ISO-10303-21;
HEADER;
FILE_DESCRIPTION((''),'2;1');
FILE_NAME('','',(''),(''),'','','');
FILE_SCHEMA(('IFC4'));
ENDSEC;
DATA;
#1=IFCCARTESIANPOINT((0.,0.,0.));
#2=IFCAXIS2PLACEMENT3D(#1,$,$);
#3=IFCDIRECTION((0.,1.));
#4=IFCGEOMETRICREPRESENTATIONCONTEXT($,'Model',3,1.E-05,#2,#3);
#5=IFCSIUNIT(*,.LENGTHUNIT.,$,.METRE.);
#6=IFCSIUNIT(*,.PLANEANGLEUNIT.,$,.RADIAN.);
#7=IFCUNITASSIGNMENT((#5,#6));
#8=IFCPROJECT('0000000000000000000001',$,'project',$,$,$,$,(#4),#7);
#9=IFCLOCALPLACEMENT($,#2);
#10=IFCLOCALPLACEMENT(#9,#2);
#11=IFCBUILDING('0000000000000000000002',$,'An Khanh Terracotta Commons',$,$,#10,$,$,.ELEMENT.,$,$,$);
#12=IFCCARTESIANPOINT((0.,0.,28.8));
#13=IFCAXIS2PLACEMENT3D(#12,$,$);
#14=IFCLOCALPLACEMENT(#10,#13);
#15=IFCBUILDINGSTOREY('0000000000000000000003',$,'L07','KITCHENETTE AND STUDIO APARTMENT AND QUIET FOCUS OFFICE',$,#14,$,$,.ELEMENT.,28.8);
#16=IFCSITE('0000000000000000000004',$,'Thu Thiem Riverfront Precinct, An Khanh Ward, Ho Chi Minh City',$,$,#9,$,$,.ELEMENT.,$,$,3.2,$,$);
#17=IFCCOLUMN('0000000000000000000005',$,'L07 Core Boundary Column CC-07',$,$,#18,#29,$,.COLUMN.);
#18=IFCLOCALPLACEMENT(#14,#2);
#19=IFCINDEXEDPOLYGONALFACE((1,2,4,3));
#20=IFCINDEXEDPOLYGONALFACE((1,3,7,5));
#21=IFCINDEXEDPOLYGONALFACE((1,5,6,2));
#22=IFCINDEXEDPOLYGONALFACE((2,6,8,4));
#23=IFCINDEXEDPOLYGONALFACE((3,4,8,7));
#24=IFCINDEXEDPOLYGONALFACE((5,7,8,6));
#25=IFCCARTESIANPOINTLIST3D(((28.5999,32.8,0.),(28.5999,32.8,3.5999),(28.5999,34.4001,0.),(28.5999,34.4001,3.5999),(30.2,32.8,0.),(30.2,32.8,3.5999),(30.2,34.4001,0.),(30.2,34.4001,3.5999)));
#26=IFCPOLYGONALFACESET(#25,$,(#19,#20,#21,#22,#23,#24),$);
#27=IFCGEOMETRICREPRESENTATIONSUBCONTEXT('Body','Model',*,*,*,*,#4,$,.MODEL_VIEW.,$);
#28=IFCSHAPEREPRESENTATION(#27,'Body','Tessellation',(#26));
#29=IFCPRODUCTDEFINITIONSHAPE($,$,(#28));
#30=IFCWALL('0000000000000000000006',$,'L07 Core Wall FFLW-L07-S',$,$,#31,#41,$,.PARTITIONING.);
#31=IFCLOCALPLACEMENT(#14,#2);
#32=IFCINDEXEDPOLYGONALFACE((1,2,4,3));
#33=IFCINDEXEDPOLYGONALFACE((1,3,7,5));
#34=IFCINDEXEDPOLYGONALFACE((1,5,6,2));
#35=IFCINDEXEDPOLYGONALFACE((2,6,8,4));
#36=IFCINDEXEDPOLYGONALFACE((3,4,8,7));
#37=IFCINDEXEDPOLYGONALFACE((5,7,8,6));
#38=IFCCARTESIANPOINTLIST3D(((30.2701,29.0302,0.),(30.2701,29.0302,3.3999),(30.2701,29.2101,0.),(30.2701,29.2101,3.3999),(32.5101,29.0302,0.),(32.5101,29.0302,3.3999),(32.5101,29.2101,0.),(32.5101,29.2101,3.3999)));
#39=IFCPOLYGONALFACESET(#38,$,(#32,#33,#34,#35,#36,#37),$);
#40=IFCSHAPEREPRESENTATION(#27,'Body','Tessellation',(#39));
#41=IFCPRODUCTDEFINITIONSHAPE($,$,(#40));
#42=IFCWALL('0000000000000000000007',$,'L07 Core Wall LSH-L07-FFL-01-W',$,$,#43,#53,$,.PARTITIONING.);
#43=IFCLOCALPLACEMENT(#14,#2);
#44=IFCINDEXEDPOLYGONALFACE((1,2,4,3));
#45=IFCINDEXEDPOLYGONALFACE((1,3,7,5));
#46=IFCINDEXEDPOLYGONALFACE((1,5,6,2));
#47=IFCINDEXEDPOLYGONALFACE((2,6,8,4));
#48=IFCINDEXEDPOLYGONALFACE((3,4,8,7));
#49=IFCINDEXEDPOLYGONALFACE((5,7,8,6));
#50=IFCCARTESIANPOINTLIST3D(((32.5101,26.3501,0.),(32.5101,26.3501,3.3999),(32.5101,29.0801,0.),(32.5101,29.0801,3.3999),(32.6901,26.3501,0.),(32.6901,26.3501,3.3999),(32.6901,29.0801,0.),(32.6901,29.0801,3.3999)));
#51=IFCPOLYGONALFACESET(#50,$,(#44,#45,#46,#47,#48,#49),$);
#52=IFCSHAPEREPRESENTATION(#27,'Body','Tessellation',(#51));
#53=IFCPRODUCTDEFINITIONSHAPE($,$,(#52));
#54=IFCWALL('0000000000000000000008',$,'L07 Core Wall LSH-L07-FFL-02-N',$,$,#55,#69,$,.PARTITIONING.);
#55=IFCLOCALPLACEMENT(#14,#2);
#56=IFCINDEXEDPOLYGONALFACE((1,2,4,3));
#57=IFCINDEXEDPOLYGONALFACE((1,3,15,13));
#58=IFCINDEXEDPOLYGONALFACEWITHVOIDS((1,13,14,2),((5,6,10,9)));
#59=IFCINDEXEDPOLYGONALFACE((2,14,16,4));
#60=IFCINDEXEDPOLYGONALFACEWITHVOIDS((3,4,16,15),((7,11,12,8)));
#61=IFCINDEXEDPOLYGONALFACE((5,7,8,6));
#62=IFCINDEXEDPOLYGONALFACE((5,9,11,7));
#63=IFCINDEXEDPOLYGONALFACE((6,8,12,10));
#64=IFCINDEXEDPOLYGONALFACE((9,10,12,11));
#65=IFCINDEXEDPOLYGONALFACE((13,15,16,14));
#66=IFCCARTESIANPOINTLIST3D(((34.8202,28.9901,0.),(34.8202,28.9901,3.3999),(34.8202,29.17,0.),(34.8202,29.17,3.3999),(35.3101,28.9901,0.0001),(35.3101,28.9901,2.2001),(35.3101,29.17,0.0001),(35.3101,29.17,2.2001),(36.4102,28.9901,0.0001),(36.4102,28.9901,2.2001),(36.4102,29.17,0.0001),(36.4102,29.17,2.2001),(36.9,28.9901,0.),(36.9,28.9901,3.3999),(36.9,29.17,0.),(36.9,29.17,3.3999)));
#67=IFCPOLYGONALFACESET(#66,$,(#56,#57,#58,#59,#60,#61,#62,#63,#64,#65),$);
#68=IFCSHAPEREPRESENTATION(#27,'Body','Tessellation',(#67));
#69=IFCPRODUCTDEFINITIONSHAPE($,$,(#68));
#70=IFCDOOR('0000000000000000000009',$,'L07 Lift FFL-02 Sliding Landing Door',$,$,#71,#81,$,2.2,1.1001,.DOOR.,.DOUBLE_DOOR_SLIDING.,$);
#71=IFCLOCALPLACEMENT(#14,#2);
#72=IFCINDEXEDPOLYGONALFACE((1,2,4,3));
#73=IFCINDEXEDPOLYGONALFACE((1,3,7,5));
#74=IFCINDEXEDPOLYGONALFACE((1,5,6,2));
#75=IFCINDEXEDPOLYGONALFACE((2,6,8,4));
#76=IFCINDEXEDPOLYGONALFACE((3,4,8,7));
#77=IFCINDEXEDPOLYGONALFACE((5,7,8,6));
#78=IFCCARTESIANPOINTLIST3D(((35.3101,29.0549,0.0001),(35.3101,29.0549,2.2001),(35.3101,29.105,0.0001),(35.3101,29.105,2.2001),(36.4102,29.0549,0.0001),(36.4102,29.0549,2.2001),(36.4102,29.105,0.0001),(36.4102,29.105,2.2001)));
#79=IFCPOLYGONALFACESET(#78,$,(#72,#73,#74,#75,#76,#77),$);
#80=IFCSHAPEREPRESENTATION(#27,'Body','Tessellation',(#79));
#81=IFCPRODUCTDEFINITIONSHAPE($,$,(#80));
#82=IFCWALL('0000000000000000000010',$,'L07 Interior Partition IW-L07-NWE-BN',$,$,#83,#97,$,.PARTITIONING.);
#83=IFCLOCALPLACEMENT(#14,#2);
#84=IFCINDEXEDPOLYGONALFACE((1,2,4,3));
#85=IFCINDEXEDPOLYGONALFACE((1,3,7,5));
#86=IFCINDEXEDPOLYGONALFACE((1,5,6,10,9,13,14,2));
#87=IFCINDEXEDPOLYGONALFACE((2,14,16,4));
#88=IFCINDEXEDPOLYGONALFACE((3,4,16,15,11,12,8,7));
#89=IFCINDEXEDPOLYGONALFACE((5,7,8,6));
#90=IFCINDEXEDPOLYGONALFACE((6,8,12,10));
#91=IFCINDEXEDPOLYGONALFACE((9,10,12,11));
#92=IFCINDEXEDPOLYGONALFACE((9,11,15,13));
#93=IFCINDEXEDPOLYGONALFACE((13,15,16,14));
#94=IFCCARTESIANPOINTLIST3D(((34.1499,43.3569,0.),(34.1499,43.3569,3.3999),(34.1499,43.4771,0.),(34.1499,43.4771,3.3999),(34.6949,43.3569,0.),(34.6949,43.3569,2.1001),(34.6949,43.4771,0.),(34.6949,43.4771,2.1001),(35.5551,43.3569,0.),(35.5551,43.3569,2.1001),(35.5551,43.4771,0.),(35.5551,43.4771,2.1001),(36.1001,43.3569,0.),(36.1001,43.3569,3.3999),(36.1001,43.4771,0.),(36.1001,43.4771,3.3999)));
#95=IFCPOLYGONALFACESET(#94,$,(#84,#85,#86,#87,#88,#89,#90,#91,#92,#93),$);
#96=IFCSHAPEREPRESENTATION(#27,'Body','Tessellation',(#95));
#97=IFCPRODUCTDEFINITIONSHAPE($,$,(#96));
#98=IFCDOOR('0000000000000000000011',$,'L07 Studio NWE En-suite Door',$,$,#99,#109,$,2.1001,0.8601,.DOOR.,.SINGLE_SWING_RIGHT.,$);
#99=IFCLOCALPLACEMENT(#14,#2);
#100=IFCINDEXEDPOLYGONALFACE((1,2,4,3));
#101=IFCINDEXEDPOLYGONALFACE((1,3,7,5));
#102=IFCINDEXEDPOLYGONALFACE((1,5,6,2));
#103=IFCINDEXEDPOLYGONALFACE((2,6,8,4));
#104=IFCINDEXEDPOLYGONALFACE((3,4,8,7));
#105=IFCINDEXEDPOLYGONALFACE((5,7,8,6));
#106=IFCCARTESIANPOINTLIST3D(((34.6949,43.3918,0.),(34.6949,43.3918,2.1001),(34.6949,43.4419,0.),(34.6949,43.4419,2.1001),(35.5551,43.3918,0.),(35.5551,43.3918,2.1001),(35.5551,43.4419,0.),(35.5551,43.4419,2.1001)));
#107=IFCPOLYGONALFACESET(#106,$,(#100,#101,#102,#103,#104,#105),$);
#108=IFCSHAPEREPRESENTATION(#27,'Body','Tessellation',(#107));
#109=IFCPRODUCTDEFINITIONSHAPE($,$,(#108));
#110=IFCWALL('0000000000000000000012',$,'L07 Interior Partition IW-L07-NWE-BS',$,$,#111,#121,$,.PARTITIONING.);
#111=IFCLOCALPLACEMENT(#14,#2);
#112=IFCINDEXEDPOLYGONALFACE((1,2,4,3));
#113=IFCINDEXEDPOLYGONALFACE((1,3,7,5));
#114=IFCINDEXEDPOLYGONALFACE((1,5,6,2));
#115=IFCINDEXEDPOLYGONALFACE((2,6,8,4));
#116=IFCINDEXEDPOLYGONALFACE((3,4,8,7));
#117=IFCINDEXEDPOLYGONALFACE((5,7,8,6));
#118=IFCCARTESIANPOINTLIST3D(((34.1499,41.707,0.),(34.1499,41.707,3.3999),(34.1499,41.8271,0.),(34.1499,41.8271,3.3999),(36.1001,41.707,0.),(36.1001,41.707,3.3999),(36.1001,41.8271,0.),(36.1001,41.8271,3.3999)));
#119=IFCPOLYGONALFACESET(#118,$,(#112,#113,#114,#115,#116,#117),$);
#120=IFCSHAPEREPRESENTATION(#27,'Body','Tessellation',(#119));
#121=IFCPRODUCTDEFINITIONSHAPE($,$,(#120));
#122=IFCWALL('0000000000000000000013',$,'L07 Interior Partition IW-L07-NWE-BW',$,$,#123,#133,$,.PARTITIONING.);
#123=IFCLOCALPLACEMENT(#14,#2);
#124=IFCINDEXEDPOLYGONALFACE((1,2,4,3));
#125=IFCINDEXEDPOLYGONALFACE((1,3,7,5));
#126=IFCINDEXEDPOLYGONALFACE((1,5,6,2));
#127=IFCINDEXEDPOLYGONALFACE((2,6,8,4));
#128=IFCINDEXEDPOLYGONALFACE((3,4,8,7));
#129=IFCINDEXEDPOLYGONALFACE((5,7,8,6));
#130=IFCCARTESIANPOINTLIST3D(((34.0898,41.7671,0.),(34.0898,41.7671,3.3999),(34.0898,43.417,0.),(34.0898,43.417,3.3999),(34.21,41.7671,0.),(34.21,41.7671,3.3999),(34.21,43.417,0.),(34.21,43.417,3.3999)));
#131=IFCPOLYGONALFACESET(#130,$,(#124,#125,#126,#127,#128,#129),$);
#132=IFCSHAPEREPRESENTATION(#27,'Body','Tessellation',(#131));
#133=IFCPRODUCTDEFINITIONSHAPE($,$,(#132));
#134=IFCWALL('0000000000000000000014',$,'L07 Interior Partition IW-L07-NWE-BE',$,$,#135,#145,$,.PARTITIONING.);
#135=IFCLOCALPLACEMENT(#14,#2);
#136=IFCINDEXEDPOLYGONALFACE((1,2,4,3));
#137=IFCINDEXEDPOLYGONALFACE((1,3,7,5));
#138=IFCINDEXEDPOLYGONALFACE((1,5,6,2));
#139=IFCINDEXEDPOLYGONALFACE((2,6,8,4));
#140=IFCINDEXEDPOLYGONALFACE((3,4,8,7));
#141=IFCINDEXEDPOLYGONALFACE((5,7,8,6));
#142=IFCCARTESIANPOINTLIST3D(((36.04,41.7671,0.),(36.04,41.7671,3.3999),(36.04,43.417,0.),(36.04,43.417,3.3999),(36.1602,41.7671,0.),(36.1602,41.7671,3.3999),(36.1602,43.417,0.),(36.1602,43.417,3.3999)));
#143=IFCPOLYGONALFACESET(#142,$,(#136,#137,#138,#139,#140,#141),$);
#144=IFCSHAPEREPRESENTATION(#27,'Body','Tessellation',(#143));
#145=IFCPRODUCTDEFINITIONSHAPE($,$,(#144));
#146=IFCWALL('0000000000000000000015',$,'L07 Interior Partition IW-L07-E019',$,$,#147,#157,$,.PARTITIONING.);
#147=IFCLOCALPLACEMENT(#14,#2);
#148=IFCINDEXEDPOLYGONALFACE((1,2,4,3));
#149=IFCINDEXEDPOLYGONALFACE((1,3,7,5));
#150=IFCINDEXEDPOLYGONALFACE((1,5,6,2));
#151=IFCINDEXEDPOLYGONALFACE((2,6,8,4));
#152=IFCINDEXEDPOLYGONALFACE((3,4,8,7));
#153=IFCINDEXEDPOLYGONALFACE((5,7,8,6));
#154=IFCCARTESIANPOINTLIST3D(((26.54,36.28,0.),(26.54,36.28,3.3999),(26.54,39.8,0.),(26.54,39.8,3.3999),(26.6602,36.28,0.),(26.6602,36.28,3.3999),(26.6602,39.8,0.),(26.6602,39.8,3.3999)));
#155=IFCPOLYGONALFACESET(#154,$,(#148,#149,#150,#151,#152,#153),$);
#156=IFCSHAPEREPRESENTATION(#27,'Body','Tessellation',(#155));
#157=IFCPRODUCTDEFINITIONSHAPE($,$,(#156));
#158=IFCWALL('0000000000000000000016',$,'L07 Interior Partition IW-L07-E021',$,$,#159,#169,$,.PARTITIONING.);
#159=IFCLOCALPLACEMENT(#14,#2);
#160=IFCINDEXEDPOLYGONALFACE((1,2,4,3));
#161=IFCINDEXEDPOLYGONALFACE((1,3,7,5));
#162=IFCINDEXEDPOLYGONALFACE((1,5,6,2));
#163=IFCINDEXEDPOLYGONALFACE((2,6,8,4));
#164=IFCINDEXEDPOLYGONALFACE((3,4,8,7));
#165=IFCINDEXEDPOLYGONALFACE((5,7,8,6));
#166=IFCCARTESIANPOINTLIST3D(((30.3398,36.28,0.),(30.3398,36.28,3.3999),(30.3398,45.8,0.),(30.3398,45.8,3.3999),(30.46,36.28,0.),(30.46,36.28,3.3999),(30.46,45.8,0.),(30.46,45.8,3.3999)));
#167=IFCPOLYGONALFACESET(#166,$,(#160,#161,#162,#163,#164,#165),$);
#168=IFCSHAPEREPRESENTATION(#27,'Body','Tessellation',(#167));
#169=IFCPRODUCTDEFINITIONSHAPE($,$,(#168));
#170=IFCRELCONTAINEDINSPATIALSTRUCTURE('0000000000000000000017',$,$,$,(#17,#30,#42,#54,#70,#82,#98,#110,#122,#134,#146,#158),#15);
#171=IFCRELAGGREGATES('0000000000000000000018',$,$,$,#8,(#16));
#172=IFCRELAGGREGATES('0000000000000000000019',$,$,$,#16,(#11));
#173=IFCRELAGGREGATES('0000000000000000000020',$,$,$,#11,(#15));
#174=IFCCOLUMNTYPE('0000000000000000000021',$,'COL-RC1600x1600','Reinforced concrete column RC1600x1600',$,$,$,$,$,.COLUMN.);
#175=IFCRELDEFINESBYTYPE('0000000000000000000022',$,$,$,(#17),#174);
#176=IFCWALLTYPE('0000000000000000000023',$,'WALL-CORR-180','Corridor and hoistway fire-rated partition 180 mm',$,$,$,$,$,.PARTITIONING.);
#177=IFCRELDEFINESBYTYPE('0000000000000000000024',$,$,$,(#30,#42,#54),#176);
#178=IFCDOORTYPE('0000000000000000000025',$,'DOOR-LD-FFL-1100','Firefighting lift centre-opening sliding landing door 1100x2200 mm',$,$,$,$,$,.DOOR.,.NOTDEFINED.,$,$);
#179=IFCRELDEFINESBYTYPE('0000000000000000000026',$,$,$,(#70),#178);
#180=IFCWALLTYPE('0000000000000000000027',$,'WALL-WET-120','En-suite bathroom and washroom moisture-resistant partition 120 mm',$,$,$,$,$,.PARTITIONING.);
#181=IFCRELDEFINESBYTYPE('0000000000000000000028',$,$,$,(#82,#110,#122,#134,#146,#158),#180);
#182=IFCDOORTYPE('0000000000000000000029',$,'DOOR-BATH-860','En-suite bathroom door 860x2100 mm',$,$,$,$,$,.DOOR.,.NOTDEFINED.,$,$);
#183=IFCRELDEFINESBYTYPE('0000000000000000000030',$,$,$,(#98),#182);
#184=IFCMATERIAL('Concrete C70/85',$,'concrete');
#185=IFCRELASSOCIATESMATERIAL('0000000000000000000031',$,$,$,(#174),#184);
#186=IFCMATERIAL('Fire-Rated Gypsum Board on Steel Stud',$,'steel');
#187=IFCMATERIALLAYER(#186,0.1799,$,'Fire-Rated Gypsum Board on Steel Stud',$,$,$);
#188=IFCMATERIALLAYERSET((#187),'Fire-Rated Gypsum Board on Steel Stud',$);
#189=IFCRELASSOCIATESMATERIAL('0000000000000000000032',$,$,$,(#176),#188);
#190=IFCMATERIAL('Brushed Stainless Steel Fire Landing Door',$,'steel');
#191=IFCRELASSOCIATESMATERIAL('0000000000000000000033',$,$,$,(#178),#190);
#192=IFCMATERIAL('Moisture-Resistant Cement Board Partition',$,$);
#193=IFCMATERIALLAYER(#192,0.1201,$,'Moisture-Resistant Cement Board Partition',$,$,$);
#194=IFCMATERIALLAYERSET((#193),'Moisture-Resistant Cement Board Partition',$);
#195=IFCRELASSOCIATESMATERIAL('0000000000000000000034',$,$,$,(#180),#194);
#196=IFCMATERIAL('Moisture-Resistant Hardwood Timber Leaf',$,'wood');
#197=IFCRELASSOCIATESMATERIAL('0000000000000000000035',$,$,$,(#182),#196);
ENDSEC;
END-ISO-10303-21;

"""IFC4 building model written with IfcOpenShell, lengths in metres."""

from ifc_helpers import new_model, si_unit, direction, frame, frame_2d, origin, origin_2d, place, context, subcontext, project, spatial, rectangle, extrude, material, layer, layer_set, material_profile, profile_set, type_object, element, fill, save


model = new_model("IFC4")

# Units and contexts
model_context = context("Model", 3, precision=1e-05, world=origin(), true_north=direction((0.0, 1.0)))
body_context = subcontext(model_context, "Body", "Model", "MODEL_VIEW")
ifc_project = project(units=[si_unit("LENGTHUNIT", "METRE"), si_unit("PLANEANGLEUNIT", "RADIAN")], contexts=[model_context])

# Site, building, storey
site_placement = place(None, origin())
site = spatial("IfcSite", under=ifc_project, at=site_placement, Name="Thu Thiem Riverfront Precinct, An Khanh Ward, Ho Chi Minh City", CompositionType="ELEMENT", RefElevation=3.2)
building_placement = place(site_placement, origin())
building = spatial("IfcBuilding", under=site, at=building_placement, Name="An Khanh Terracotta Commons", CompositionType="ELEMENT")
storey_placement = place(building_placement, frame((0.0, 0.0, 28.8)))
storey = spatial("IfcBuildingStorey", under=building, at=storey_placement, Name="L07", Description="KITCHENETTE AND STUDIO APARTMENT AND QUIET FOCUS OFFICE", CompositionType="ELEMENT", Elevation=28.8)

# Column
ifc_material_1 = material(Name="Concrete C70/85", Category="concrete")
ifc_material_profile = material_profile(ifc_material_1, rectangle(XDim=1.6001, YDim=1.6001, at=origin_2d()), Name="RC1600x1600")
ifc_profile_set = profile_set([ifc_material_profile], Name="Concrete C70/85")
column_type = type_object("IfcColumnType", Name="COL-RC1600x1600", Description="Reinforced concrete column RC1600x1600", PredefinedType="COLUMN", material=ifc_profile_set)
column_placement = place(storey_placement, frame((29.3999, 33.6001, 0.0), z_axis=(0.0, 0.0, 1.0), x_axis=(1.0, 0.0, 0.0)))
element("IfcColumn", 1, at=column_placement, inside=storey, type_object=column_type, Name="L07 Core Boundary Column CC-07", PredefinedType="COLUMN", context=body_context, shape_type="SweptSolid", body=[
    extrude(rectangle(XDim=1.6001, YDim=1.6001, at=origin_2d()), origin(), (0.0, 0.0, 1.0), 3.5999),
])

# Walls
ifc_material_2 = material(Name="Fire-Rated Gypsum Board on Steel Stud", Category="steel")
ifc_layer_1 = layer(ifc_material_2, 0.1799, Name="Fire-Rated Gypsum Board on Steel Stud")
ifc_layer_set_1 = layer_set([ifc_layer_1], Name="Fire-Rated Gypsum Board on Steel Stud")
wall_type_1 = type_object("IfcWallType", Name="WALL-CORR-180", Description="Corridor and hoistway fire-rated partition 180 mm", PredefinedType="PARTITIONING", material=ifc_layer_set_1)
wall_1_placement = place(storey_placement, frame((30.27, 29.1201, 0.0), z_axis=(0.0, 0.0, 1.0), x_axis=(1.0, 0.0, 0.0)))
element("IfcWall", 2, at=wall_1_placement, inside=storey, type_object=wall_type_1, Name="L07 Core Wall FFLW-L07-S", PredefinedType="PARTITIONING", context=body_context, shape_type="SweptSolid", body=[
    extrude(rectangle(XDim=2.24, YDim=0.1799, at=frame_2d((1.1201, 0.0))), origin(), (0.0, 0.0, 1.0), 3.3999),
])
wall_2_placement = place(storey_placement, frame((32.6001, 29.0801, 0.0), z_axis=(0.0, 0.0, 1.0), x_axis=(0.0, -1.0, 0.0)))
element("IfcWall", 3, at=wall_2_placement, inside=storey, type_object=wall_type_1, Name="L07 Core Wall LSH-L07-FFL-01-W", PredefinedType="PARTITIONING", context=body_context, shape_type="SweptSolid", body=[
    extrude(rectangle(XDim=2.73, YDim=0.1799, at=frame_2d((1.365, 0.0))), origin(), (0.0, 0.0, 1.0), 3.3999),
])

# Walls, openings, doors
wall_3_placement = place(storey_placement, frame((34.8201, 29.0801, 0.0), z_axis=(0.0, 0.0, 1.0), x_axis=(1.0, 0.0, 0.0)))
wall_3 = element("IfcWall", 4, at=wall_3_placement, inside=storey, type_object=wall_type_1, Name="L07 Core Wall LSH-L07-FFL-02-N", PredefinedType="PARTITIONING", context=body_context, shape_type="SweptSolid", body=[
    extrude(rectangle(XDim=2.0798, YDim=0.1799, at=frame_2d((1.04, 0.0))), origin(), (0.0, 0.0, 1.0), 3.3999),
])
opening_1_placement = place(wall_3_placement, frame((0.49, 0.0, 0.0)))
opening_1 = element("IfcOpeningElement", 5, at=opening_1_placement, cuts=wall_3, PredefinedType="OPENING", context=body_context, shape_type="SweptSolid", body=[
    extrude(rectangle(XDim=1.1001, YDim=2.2, at=frame_2d((0.55, 1.1001))), frame((0.0, 0.0999, 0.0), z_axis=(0.0, -1.0, 0.0), x_axis=(1.0, 0.0, 0.0)), (0.0, 0.0, 1.0), 0.2),
])
ifc_material_3 = material(Name="Brushed Stainless Steel Fire Landing Door", Category="steel")
door_type_1 = type_object("IfcDoorType", Name="DOOR-LD-FFL-1100", Description="Firefighting lift centre-opening sliding landing door 1100x2200 mm", OperationType="NOTDEFINED", PredefinedType="DOOR", material=ifc_material_3)
door_1_placement = place(opening_1_placement, origin())
door_1 = element("IfcDoor", 6, at=door_1_placement, inside=storey, type_object=door_type_1, Name="L07 Lift FFL-02 Sliding Landing Door", OperationType="DOUBLE_DOOR_SLIDING", OverallHeight=2.2, OverallWidth=1.1001, PredefinedType="DOOR", context=body_context, shape_type="SweptSolid", body=[
    extrude(rectangle(XDim=1.1001, YDim=2.2, at=frame_2d((0.55, 1.1001))), frame((0.0, 0.0249, 0.0), z_axis=(0.0, -1.0, 0.0), x_axis=(1.0, 0.0, 0.0)), (0.0, 0.0, 1.0), 0.05),
])
fill(opening_1, door_1)
ifc_material_4 = material(Name="Moisture-Resistant Cement Board Partition")
ifc_layer_2 = layer(ifc_material_4, 0.1201, Name="Moisture-Resistant Cement Board Partition")
ifc_layer_set_2 = layer_set([ifc_layer_2], Name="Moisture-Resistant Cement Board Partition")
wall_type_2 = type_object("IfcWallType", Name="WALL-WET-120", Description="En-suite bathroom and washroom moisture-resistant partition 120 mm", PredefinedType="PARTITIONING", material=ifc_layer_set_2)
wall_4_placement = place(storey_placement, frame((34.1499, 43.417, 0.0), z_axis=(0.0, 0.0, 1.0), x_axis=(1.0, 0.0, 0.0)))
wall_4 = element("IfcWall", 7, at=wall_4_placement, inside=storey, type_object=wall_type_2, Name="L07 Interior Partition IW-L07-NWE-BN", PredefinedType="PARTITIONING", context=body_context, shape_type="SweptSolid", body=[
    extrude(rectangle(XDim=1.9502, YDim=0.1201, at=frame_2d((0.9751, 0.0))), origin(), (0.0, 0.0, 1.0), 3.3999),
])
opening_2_placement = place(wall_4_placement, frame((0.5449, 0.0, 0.0)))
opening_2 = element("IfcOpeningElement", 8, at=opening_2_placement, cuts=wall_4, PredefinedType="OPENING", context=body_context, shape_type="SweptSolid", body=[
    extrude(rectangle(XDim=0.8601, YDim=2.1001, at=frame_2d((0.4302, 1.05))), frame((0.0, 0.0701, 0.0), z_axis=(0.0, -1.0, 0.0), x_axis=(1.0, 0.0, 0.0)), (0.0, 0.0, 1.0), 0.1401),
])
ifc_material_5 = material(Name="Moisture-Resistant Hardwood Timber Leaf", Category="wood")
door_type_2 = type_object("IfcDoorType", Name="DOOR-BATH-860", Description="En-suite bathroom door 860x2100 mm", OperationType="NOTDEFINED", PredefinedType="DOOR", material=ifc_material_5)
door_2_placement = place(opening_2_placement, origin())
door_2 = element("IfcDoor", 9, at=door_2_placement, inside=storey, type_object=door_type_2, Name="L07 Studio NWE En-suite Door", OperationType="SINGLE_SWING_RIGHT", OverallHeight=2.1001, OverallWidth=0.8601, PredefinedType="DOOR", context=body_context, shape_type="SweptSolid", body=[
    extrude(rectangle(XDim=0.8601, YDim=2.1001, at=frame_2d((0.4302, 1.05))), frame((0.0, 0.0249, 0.0), z_axis=(0.0, -1.0, 0.0), x_axis=(1.0, 0.0, 0.0)), (0.0, 0.0, 1.0), 0.05),
])
fill(opening_2, door_2)

# Walls
wall_5_placement = place(storey_placement, frame((36.1001, 41.7671, 0.0), z_axis=(0.0, 0.0, 1.0), x_axis=(-1.0, 0.0, 0.0)))
element("IfcWall", 10, at=wall_5_placement, inside=storey, type_object=wall_type_2, Name="L07 Interior Partition IW-L07-NWE-BS", PredefinedType="PARTITIONING", context=body_context, shape_type="SweptSolid", body=[
    extrude(rectangle(XDim=1.9502, YDim=0.1201, at=frame_2d((0.9751, 0.0))), origin(), (0.0, 0.0, 1.0), 3.3999),
])
for number, where, z_axis, x_axis, name in (
    (11, (34.1499, 43.417, 0.0), (0.0, 0.0, 1.0), (0.0, -1.0, 0.0), "L07 Interior Partition IW-L07-NWE-BW"),
    (12, (36.1001, 41.7671, 0.0), (0.0, 0.0, 1.0), (0.0, 1.0, 0.0), "L07 Interior Partition IW-L07-NWE-BE"),
):
    element("IfcWall", number, at=place(storey_placement, frame(where, z_axis=z_axis, x_axis=x_axis)), inside=storey, type_object=wall_type_2, Name=name, PredefinedType="PARTITIONING", context=body_context, shape_type="SweptSolid", body=[
        extrude(rectangle(XDim=1.6499, YDim=0.1201, at=frame_2d((0.825, 0.0))), origin(), (0.0, 0.0, 1.0), 3.3999),
    ])
wall_6_placement = place(storey_placement, frame((26.6001, 36.28, 0.0), z_axis=(0.0, 0.0, 1.0), x_axis=(0.0, 1.0, 0.0)))
element("IfcWall", 13, at=wall_6_placement, inside=storey, type_object=wall_type_2, Name="L07 Interior Partition IW-L07-E019", PredefinedType="PARTITIONING", context=body_context, shape_type="SweptSolid", body=[
    extrude(rectangle(XDim=3.52, YDim=0.1201, at=frame_2d((1.76, 0.0))), origin(), (0.0, 0.0, 1.0), 3.3999),
])
wall_7_placement = place(storey_placement, frame((30.3999, 36.28, 0.0), z_axis=(0.0, 0.0, 1.0), x_axis=(0.0, 1.0, 0.0)))
element("IfcWall", 14, at=wall_7_placement, inside=storey, type_object=wall_type_2, Name="L07 Interior Partition IW-L07-E021", PredefinedType="PARTITIONING", context=body_context, shape_type="SweptSolid", body=[
    extrude(rectangle(XDim=9.52, YDim=0.1201, at=frame_2d((4.76, 0.0))), origin(), (0.0, 0.0, 1.0), 3.3999),
])

save(model, "model.ifc")
